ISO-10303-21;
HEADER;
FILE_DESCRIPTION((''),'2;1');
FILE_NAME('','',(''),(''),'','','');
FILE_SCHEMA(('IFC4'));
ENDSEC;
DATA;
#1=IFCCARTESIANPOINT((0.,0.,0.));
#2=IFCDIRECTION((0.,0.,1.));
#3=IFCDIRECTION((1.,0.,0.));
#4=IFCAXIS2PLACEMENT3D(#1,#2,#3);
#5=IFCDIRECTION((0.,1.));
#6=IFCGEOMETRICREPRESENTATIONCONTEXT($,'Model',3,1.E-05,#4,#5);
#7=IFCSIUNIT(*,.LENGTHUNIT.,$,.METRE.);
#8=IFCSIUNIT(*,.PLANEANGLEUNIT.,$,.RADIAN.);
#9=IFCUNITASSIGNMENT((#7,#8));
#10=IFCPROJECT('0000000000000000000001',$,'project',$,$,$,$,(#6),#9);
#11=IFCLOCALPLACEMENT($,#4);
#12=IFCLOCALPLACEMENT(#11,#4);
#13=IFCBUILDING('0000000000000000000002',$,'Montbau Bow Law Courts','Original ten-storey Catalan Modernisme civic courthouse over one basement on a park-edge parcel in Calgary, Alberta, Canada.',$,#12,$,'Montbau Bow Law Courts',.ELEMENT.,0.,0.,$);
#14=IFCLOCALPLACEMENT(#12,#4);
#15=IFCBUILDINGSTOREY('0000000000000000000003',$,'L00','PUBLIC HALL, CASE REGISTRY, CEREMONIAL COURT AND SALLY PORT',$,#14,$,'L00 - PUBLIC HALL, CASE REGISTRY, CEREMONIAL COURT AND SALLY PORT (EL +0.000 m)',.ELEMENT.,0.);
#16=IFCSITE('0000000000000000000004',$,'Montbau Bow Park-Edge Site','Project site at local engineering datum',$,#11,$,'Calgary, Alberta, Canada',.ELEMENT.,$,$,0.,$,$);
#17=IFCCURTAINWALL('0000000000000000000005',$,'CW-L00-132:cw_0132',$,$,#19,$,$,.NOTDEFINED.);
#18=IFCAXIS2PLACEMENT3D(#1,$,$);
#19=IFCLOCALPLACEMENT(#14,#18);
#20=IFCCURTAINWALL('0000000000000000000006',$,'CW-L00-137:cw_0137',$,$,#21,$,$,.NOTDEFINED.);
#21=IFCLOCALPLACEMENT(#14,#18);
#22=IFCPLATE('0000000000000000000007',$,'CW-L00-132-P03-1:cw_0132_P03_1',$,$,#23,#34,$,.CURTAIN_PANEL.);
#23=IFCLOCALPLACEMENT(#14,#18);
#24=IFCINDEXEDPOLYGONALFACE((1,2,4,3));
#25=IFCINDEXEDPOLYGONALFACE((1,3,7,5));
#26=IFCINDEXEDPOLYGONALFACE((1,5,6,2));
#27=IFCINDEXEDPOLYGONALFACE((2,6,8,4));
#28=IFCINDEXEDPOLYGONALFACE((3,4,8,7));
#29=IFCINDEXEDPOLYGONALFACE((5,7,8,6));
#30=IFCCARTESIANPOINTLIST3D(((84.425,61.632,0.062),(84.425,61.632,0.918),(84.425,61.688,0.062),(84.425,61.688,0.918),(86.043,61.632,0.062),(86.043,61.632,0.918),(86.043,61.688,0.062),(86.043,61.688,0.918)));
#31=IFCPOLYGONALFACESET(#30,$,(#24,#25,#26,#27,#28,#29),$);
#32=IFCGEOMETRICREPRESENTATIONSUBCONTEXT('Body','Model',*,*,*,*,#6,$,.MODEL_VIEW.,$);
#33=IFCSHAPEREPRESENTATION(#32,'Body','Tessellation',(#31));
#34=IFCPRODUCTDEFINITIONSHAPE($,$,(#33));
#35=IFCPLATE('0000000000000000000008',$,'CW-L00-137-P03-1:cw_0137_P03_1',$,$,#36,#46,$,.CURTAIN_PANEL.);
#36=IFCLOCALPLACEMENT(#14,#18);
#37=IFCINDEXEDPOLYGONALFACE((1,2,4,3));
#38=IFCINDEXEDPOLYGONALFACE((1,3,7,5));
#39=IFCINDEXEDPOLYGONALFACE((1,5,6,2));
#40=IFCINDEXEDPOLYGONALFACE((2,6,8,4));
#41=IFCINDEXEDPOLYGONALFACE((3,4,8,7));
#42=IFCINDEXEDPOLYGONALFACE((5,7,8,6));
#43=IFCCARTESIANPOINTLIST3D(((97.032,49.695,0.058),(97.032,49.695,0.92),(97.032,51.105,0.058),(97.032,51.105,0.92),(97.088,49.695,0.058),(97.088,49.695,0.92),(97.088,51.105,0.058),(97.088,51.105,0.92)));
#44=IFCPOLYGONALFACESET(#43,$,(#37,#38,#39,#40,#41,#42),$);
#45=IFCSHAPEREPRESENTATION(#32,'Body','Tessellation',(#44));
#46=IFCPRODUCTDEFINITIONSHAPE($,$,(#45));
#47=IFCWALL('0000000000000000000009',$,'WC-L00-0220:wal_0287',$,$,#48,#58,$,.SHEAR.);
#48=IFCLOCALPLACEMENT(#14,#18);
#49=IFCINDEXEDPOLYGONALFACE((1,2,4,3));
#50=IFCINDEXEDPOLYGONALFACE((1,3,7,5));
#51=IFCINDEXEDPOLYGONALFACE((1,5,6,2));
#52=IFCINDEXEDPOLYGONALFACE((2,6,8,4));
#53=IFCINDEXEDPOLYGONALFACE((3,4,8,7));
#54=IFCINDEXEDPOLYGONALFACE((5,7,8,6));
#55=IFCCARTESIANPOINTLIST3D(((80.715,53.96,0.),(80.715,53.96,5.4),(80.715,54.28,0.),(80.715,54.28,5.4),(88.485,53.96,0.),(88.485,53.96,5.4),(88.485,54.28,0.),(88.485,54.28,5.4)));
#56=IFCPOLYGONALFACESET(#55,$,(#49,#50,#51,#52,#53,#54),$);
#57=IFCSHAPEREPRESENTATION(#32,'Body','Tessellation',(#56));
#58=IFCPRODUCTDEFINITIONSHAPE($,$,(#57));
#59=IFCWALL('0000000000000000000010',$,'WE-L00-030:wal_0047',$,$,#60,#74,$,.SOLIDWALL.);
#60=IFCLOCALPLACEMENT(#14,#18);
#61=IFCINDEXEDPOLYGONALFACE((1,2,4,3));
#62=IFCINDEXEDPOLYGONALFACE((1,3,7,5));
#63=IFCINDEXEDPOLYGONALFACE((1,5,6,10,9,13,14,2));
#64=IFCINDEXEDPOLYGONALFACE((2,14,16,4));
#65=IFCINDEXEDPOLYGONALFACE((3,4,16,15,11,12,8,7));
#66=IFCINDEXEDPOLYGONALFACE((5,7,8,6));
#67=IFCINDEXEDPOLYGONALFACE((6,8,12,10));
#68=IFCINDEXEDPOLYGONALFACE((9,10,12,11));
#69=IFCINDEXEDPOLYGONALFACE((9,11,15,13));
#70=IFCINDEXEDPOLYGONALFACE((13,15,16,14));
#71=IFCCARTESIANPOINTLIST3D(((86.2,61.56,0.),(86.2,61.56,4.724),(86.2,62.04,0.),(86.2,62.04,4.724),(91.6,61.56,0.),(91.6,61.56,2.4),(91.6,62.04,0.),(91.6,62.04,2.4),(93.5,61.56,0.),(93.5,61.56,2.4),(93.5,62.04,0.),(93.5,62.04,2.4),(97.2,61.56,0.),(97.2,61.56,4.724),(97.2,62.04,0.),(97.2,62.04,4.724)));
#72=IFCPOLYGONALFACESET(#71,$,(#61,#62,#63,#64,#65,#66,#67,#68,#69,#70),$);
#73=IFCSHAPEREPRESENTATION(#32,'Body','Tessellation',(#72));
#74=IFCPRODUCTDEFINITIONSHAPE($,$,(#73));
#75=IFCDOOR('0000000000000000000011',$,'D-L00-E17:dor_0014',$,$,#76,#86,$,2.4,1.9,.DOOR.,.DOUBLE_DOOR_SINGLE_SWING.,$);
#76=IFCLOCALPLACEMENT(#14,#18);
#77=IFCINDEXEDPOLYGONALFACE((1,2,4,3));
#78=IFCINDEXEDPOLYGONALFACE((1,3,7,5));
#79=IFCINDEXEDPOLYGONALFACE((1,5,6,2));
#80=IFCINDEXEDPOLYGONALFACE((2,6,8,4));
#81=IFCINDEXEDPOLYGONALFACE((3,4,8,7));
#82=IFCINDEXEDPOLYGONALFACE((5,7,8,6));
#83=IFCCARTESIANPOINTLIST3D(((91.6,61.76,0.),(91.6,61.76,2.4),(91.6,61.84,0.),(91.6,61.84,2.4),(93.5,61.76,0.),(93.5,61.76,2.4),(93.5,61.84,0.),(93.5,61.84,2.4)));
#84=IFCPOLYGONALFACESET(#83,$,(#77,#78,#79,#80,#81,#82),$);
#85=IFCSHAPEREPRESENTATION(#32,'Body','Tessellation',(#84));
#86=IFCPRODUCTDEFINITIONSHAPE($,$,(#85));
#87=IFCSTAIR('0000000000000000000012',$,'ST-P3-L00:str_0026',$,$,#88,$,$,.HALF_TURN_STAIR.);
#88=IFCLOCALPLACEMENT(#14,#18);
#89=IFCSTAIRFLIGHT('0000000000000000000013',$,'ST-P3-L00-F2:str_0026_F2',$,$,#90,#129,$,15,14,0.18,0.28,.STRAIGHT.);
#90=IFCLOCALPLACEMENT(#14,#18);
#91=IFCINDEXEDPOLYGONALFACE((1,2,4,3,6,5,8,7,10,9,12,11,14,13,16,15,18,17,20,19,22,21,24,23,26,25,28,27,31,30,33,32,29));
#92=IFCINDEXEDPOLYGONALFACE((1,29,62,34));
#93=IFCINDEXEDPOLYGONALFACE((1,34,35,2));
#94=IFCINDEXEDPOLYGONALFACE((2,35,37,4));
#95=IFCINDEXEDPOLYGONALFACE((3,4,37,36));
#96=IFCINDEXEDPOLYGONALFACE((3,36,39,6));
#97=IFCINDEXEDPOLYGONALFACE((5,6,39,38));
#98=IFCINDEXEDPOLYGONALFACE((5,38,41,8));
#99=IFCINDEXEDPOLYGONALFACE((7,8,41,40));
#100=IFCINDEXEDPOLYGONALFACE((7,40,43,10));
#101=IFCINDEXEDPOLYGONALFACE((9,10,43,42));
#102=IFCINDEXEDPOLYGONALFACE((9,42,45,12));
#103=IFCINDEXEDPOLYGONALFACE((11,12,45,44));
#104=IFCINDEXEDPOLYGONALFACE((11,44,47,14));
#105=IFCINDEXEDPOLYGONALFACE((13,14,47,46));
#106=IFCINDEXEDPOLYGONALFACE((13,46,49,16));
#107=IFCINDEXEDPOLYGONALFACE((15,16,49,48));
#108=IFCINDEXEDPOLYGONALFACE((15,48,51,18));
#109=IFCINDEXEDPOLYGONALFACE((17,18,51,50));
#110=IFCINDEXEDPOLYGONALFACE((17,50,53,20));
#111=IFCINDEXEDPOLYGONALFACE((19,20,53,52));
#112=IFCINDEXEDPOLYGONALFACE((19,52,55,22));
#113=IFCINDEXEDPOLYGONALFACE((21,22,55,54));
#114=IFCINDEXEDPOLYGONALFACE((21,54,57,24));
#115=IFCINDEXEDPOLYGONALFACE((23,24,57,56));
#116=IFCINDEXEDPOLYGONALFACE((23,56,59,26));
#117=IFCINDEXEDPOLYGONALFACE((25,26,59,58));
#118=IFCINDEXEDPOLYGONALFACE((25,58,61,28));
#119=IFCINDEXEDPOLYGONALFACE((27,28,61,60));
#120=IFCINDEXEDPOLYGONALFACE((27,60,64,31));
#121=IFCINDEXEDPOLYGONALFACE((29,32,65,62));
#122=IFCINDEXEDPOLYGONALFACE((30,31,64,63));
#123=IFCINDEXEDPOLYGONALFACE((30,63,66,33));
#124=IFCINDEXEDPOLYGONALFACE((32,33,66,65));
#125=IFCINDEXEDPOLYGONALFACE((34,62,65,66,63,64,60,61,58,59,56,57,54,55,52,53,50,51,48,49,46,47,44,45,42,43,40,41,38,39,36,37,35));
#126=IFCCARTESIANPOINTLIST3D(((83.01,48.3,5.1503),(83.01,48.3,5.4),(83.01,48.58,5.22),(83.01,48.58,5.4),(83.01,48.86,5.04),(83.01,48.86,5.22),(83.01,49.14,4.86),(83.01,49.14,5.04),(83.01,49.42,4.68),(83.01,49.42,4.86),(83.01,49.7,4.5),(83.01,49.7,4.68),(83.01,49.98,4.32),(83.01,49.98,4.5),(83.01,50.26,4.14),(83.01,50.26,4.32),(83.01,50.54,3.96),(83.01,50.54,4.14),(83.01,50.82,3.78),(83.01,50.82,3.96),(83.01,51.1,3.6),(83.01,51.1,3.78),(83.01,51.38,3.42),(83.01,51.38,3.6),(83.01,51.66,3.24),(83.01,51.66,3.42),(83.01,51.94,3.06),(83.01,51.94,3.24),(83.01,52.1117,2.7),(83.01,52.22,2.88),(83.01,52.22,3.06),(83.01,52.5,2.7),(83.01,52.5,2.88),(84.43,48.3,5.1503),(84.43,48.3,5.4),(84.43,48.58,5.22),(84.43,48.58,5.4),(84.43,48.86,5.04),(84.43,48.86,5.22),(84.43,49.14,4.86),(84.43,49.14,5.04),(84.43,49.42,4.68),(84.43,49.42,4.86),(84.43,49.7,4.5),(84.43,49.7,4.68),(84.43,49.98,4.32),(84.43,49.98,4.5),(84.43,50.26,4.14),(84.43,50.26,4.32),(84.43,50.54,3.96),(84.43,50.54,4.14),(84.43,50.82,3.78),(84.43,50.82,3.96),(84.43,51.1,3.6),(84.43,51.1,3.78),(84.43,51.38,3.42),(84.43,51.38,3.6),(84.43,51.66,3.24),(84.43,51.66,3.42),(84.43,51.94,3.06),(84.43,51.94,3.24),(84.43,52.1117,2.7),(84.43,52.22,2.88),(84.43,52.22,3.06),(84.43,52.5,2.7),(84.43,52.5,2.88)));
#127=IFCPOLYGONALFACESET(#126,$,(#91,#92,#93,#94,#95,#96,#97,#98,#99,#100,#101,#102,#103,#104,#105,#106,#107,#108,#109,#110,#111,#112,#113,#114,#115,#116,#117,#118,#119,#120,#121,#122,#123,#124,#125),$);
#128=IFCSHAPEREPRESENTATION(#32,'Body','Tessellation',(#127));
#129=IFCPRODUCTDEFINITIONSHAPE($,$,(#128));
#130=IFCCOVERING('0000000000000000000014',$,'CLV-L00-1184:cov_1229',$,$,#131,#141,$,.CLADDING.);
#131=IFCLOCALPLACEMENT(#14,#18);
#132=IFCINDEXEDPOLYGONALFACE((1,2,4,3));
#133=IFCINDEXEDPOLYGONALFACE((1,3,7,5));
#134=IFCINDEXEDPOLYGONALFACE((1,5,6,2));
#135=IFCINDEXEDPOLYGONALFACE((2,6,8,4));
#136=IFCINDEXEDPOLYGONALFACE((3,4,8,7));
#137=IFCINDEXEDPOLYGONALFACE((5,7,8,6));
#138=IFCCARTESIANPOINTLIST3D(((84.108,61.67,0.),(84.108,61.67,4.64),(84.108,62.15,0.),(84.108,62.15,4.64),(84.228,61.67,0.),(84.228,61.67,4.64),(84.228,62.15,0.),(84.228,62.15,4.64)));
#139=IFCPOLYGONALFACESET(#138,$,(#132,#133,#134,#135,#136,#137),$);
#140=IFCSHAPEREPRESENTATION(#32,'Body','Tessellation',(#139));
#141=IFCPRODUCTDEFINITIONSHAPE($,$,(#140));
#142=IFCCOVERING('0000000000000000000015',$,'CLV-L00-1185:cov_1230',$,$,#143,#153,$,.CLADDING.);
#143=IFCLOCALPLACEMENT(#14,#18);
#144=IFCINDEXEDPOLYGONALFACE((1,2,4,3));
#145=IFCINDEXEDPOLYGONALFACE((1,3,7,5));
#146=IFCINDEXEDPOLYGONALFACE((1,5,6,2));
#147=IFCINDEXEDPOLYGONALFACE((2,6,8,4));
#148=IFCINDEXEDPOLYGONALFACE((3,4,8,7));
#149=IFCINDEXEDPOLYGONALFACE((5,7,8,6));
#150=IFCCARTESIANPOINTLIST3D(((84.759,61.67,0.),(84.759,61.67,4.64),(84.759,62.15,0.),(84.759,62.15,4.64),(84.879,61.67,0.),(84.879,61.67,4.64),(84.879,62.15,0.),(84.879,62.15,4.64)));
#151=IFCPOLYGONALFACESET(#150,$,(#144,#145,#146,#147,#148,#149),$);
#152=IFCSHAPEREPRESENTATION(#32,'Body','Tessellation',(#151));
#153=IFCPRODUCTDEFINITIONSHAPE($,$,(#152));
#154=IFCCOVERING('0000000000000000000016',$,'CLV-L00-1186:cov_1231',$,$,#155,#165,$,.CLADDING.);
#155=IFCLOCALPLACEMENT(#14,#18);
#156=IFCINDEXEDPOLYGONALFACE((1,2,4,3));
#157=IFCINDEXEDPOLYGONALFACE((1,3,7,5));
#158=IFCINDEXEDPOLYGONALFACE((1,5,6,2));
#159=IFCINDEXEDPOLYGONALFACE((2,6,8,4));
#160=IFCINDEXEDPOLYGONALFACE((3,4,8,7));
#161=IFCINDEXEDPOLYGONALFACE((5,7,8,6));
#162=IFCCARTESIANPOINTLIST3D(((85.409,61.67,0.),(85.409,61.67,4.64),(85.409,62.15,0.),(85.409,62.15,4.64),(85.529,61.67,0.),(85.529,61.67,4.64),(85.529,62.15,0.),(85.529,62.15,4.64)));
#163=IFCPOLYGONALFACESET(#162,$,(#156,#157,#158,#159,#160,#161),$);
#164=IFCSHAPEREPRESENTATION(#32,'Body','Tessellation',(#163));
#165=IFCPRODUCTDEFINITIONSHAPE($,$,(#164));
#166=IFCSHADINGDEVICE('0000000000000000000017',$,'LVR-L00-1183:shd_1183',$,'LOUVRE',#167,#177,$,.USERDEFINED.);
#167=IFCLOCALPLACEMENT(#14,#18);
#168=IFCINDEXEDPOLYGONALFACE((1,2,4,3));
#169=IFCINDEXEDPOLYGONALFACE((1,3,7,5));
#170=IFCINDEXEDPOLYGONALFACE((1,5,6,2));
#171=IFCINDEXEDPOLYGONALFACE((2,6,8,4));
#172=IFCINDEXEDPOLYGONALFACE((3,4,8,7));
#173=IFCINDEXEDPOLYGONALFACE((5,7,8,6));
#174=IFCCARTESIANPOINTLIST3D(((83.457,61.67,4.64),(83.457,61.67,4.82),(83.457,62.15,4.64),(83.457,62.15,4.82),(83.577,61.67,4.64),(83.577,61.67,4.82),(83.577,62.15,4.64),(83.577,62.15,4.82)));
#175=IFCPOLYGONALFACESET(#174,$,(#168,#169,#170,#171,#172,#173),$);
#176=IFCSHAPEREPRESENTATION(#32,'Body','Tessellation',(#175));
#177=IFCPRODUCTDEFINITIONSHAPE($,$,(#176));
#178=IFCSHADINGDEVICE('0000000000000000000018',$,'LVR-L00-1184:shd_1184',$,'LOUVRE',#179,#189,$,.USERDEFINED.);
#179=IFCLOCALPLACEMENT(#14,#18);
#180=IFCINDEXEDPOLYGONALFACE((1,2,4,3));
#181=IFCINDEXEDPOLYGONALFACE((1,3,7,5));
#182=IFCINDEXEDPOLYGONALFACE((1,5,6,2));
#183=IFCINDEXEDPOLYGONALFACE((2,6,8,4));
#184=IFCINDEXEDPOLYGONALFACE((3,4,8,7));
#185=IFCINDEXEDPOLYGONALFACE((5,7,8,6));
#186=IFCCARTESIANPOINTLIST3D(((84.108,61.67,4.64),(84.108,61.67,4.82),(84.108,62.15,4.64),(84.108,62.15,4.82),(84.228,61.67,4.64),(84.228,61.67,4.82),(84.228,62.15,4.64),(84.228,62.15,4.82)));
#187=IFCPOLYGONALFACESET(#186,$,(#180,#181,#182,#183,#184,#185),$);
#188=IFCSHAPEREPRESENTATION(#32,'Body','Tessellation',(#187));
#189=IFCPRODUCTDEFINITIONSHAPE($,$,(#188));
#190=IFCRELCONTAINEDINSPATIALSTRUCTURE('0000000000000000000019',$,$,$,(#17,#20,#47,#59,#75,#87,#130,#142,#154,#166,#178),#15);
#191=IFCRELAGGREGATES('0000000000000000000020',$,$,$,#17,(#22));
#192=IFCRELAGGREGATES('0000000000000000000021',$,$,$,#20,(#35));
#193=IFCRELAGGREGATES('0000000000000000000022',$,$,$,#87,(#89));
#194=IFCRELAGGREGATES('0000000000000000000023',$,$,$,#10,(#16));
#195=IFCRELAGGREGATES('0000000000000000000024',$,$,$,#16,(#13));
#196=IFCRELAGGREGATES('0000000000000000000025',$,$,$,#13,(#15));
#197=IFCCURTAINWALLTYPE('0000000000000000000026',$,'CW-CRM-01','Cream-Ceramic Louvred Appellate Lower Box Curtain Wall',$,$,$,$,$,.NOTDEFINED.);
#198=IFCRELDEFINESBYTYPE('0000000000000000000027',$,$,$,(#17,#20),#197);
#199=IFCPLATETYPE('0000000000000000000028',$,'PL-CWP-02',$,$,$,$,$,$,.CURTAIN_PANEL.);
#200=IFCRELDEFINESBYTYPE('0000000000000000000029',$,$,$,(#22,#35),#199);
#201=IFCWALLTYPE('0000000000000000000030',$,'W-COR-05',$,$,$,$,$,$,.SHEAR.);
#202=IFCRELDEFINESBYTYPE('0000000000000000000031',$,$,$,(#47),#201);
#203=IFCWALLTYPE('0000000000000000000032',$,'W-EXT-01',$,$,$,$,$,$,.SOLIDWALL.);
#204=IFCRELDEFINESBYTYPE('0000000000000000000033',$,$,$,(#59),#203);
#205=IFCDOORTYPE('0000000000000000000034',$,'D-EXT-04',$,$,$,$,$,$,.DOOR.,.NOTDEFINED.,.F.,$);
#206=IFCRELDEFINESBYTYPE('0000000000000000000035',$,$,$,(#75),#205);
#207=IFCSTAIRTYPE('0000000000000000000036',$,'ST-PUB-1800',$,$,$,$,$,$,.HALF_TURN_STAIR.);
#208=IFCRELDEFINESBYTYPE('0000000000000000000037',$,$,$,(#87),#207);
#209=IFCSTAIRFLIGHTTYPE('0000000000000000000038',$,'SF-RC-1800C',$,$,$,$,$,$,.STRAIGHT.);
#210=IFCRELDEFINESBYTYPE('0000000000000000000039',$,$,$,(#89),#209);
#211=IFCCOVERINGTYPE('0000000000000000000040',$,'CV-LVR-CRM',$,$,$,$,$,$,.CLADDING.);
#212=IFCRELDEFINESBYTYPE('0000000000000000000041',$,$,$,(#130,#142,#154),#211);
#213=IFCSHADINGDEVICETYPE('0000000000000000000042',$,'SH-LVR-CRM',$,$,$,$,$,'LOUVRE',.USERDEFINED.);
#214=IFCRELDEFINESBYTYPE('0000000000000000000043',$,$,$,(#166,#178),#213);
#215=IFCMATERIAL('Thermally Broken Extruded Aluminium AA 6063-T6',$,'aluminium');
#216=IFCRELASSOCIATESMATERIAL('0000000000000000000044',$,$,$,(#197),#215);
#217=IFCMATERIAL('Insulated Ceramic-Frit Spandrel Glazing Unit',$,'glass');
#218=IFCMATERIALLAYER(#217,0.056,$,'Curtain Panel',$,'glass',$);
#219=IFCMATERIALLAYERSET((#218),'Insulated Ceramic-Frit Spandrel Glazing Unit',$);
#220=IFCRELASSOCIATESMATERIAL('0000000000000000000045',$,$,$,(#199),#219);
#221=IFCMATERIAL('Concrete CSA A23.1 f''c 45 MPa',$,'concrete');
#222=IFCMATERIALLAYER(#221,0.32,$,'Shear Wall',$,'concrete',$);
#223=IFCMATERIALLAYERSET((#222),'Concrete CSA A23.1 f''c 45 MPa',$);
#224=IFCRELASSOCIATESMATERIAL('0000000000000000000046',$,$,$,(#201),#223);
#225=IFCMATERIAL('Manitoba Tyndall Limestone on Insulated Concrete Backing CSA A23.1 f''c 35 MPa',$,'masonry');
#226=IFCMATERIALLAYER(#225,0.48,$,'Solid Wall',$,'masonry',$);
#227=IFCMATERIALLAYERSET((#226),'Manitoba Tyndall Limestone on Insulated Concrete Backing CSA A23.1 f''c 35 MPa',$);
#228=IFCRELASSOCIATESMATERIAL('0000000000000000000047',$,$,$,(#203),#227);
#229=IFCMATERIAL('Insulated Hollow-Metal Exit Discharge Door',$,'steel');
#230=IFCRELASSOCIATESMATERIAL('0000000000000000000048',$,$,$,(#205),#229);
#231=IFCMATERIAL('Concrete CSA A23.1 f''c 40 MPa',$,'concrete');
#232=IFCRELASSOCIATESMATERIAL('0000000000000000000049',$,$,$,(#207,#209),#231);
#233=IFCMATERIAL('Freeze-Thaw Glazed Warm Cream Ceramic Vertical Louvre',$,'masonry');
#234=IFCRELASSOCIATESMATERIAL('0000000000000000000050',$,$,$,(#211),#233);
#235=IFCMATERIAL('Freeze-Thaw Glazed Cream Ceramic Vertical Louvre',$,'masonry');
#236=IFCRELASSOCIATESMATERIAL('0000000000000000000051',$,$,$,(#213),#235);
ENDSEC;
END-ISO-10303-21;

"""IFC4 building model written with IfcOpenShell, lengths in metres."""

from ifc_helpers import new_model, si_unit, direction, frame, frame_2d, origin_with_axes, origin_2d_with_axis, place, context, subcontext, project, spatial, polyline, rectangle, outline, extrude, material, layer, layer_set, type_object, element, fill, aggregate, save


model = new_model("IFC4")

# Units and contexts
model_context = context("Model", 3, precision=1e-05, world=origin_with_axes(), true_north=direction((0.0, 1.0)))
body_context = subcontext(model_context, "Body", "Model", "MODEL_VIEW")
ifc_project = project(units=[si_unit("LENGTHUNIT", "METRE"), si_unit("PLANEANGLEUNIT", "RADIAN")], contexts=[model_context])

# Site, building, storey
site_placement = place(None, origin_with_axes())
site = spatial("IfcSite", under=ifc_project, at=site_placement, Name="Montbau Bow Park-Edge Site", Description="Project site at local engineering datum", LongName="Calgary, Alberta, Canada", CompositionType="ELEMENT", RefElevation=0.0)
building_placement = place(site_placement, origin_with_axes())
building = spatial("IfcBuilding", under=site, at=building_placement, Name="Montbau Bow Law Courts", Description="Original ten-storey Catalan Modernisme civic courthouse over one basement on a park-edge parcel in Calgary, Alberta, Canada.", LongName="Montbau Bow Law Courts", CompositionType="ELEMENT", ElevationOfRefHeight=0.0, ElevationOfTerrain=0.0)
storey_placement = place(building_placement, origin_with_axes())
storey = spatial("IfcBuildingStorey", under=building, at=storey_placement, Name="L00", Description="PUBLIC HALL, CASE REGISTRY, CEREMONIAL COURT AND SALLY PORT", LongName="L00 - PUBLIC HALL, CASE REGISTRY, CEREMONIAL COURT AND SALLY PORT (EL +0.000 m)", CompositionType="ELEMENT", Elevation=0.0)

# Shared definitions
ifc_material_1 = material(Name="Concrete CSA A23.1 f'c 40 MPa", Category="concrete")

# Curtain walls
ifc_material_2 = material(Name="Thermally Broken Extruded Aluminium AA 6063-T6", Category="aluminium")
curtain_wall_type = type_object("IfcCurtainWallType", Name="CW-CRM-01", Description="Cream-Ceramic Louvred Appellate Lower Box Curtain Wall", PredefinedType="NOTDEFINED", material=ifc_material_2)
curtain_wall_1_placement = place(None, frame((80.915, 61.66, 0.0), z_axis=(0.0, 0.0, 1.0), x_axis=(1.0, 0.0, 0.0)))
curtain_wall_1 = element("IfcCurtainWall", 1, at=curtain_wall_1_placement, inside=storey, type_object=curtain_wall_type, Name="CW-L00-132:cw_0132", PredefinedType="NOTDEFINED")
curtain_wall_2_placement = place(None, frame((97.06, 46.715, 0.0), z_axis=(0.0, 0.0, 1.0), x_axis=(1.0, 0.0, 0.0)))
curtain_wall_2 = element("IfcCurtainWall", 2, at=curtain_wall_2_placement, inside=storey, type_object=curtain_wall_type, Name="CW-L00-137:cw_0137", PredefinedType="NOTDEFINED")

# Plates
ifc_material_3 = material(Name="Insulated Ceramic-Frit Spandrel Glazing Unit", Category="glass")
ifc_layer_1 = layer(ifc_material_3, 0.056, Name="Curtain Panel", Category="glass")
ifc_layer_set_1 = layer_set([ifc_layer_1], Name="Insulated Ceramic-Frit Spandrel Glazing Unit")
plate_type_1 = type_object("IfcPlateType", Name="PL-CWP-02", PredefinedType="CURTAIN_PANEL", material=ifc_layer_set_1)
plate_1_placement = place(None, frame((84.425, 61.66, 0.062), z_axis=(0.0, -1.0, 0.0), x_axis=(1.0, 0.0, 0.0)))
plate_1 = element("IfcPlate", 3, at=plate_1_placement, type_object=plate_type_1, Name="CW-L00-132-P03-1:cw_0132_P03_1", PredefinedType="CURTAIN_PANEL", context=body_context, shape_type="SweptSolid", body=[
    extrude(rectangle(XDim=1.618, YDim=0.856, at=frame_2d((0.809, 0.428), x_axis=(1.0, 0.0))), frame((0.0, 0.0, -0.028), z_axis=(0.0, 0.0, 1.0), x_axis=(1.0, 0.0, 0.0)), (0.0, 0.0, 1.0), 0.056),
])
aggregate(curtain_wall_1, [plate_1])
plate_2_placement = place(None, frame((97.06, 49.695, 0.058), z_axis=(1.0, 0.0, 0.0), x_axis=(0.0, 1.0, 0.0)))
plate_2 = element("IfcPlate", 4, at=plate_2_placement, type_object=plate_type_1, Name="CW-L00-137-P03-1:cw_0137_P03_1", PredefinedType="CURTAIN_PANEL", context=body_context, shape_type="SweptSolid", body=[
    extrude(rectangle(XDim=1.41, YDim=0.862, at=frame_2d((0.705, 0.431), x_axis=(1.0, 0.0))), frame((0.0, 0.0, -0.028), z_axis=(0.0, 0.0, 1.0), x_axis=(1.0, 0.0, 0.0)), (0.0, 0.0, 1.0), 0.056),
])
aggregate(curtain_wall_2, [plate_2])

# Wall
ifc_material_4 = material(Name="Concrete CSA A23.1 f'c 45 MPa", Category="concrete")
ifc_layer_2 = layer(ifc_material_4, 0.32, Name="Shear Wall", Category="concrete")
ifc_layer_set_2 = layer_set([ifc_layer_2], Name="Concrete CSA A23.1 f'c 45 MPa")
wall_type_1 = type_object("IfcWallType", Name="W-COR-05", PredefinedType="SHEAR", material=ifc_layer_set_2)
wall_1_placement = place(None, frame((88.485, 54.12, 0.0), z_axis=(0.0, 0.0, 1.0), x_axis=(-1.0, 0.0, 0.0)))
element("IfcWall", 5, at=wall_1_placement, inside=storey, type_object=wall_type_1, Name="WC-L00-0220:wal_0287", PredefinedType="SHEAR", context=body_context, shape_type="SweptSolid", body=[
    extrude(rectangle(XDim=7.77, YDim=0.32, at=frame_2d((3.885, 0.0), x_axis=(1.0, 0.0))), origin_with_axes(), (0.0, 0.0, 1.0), 5.4),
])

# Wall, opening, door
ifc_material_5 = material(Name="Manitoba Tyndall Limestone on Insulated Concrete Backing CSA A23.1 f'c 35 MPa", Category="masonry")
ifc_layer_3 = layer(ifc_material_5, 0.48, Name="Solid Wall", Category="masonry")
ifc_layer_set_3 = layer_set([ifc_layer_3], Name="Manitoba Tyndall Limestone on Insulated Concrete Backing CSA A23.1 f'c 35 MPa")
wall_type_2 = type_object("IfcWallType", Name="W-EXT-01", PredefinedType="SOLIDWALL", material=ifc_layer_set_3)
wall_2_placement = place(None, frame((86.2, 61.8, 0.0), z_axis=(0.0, 0.0, 1.0), x_axis=(1.0, 0.0, 0.0)))
wall_2 = element("IfcWall", 6, at=wall_2_placement, inside=storey, type_object=wall_type_2, Name="WE-L00-030:wal_0047", PredefinedType="SOLIDWALL", context=body_context, shape_type="SweptSolid", body=[
    extrude(rectangle(XDim=11.0, YDim=0.48, at=frame_2d((5.5, 0.0), x_axis=(1.0, 0.0))), origin_with_axes(), (0.0, 0.0, 1.0), 4.724),
])
opening_placement = place(None, frame((92.55, 61.8, 0.0), z_axis=(0.0, 0.0, 1.0), x_axis=(1.0, 0.0, 0.0)))
opening = element("IfcOpeningElement", 7, at=opening_placement, cuts=wall_2, PredefinedType="OPENING", context=body_context, shape_type="SweptSolid", body=[
    extrude(rectangle(XDim=1.9, YDim=2.4, at=frame_2d((0.0, 1.2), x_axis=(1.0, 0.0))), frame((0.0, 0.25, 0.0), z_axis=(0.0, -1.0, 0.0), x_axis=(1.0, 0.0, 0.0)), (0.0, 0.0, 1.0), 0.5),
])
ifc_material_6 = material(Name="Insulated Hollow-Metal Exit Discharge Door", Category="steel")
door_type = type_object("IfcDoorType", Name="D-EXT-04", OperationType="NOTDEFINED", ParameterTakesPrecedence=False, PredefinedType="DOOR", material=ifc_material_6)
door_placement = place(None, frame((92.55, 61.8, 0.0), z_axis=(0.0, 0.0, 1.0), x_axis=(1.0, 0.0, 0.0)))
door = element("IfcDoor", 8, at=door_placement, inside=storey, type_object=door_type, Name="D-L00-E17:dor_0014", OperationType="DOUBLE_DOOR_SINGLE_SWING", OverallHeight=2.4, OverallWidth=1.9, PredefinedType="DOOR", context=body_context, shape_type="SweptSolid", body=[
    extrude(rectangle(XDim=1.9, YDim=2.4, at=frame_2d((0.0, 1.2), x_axis=(1.0, 0.0))), frame((0.0, 0.04, 0.0), z_axis=(0.0, -1.0, 0.0), x_axis=(1.0, 0.0, 0.0)), (0.0, 0.0, 1.0), 0.08),
])
fill(opening, door)

# Stair, stair flight
stair_type = type_object("IfcStairType", Name="ST-PUB-1800", PredefinedType="HALF_TURN_STAIR", material=ifc_material_1)
stair_placement = place(None, frame((81.905, 48.3, 0.0), z_axis=(0.0, 0.0, 1.0), x_axis=(1.0, 0.0, 0.0)))
stair = element("IfcStair", 9, at=stair_placement, inside=storey, type_object=stair_type, Name="ST-P3-L00:str_0026", PredefinedType="HALF_TURN_STAIR")
stair_flight_type = type_object("IfcStairFlightType", Name="SF-RC-1800C", PredefinedType="STRAIGHT", material=ifc_material_1)
stair_flight_placement = place(None, frame((83.72, 52.5, 2.7), z_axis=(0.0, 0.0, 1.0), x_axis=(0.0, -1.0, 0.0)))
stair_flight = element("IfcStairFlight", 10, at=stair_flight_placement, type_object=stair_flight_type, Name="ST-P3-L00-F2:str_0026_F2", NumberOfRisers=15, NumberOfTreads=14, PredefinedType="STRAIGHT", RiserHeight=0.18, TreadLength=0.28, context=body_context, shape_type="SweptSolid", body=[
    extrude(outline(polyline([(0.0, 0.0), (0.0, 0.18), (0.28, 0.18), (0.28, 0.36), (0.56, 0.36), (0.56, 0.54), (0.84, 0.54), (0.84, 0.72), (1.12, 0.72), (1.12, 0.9), (1.4, 0.9), (1.4, 1.08), (1.68, 1.08), (1.68, 1.26), (1.96, 1.26), (1.96, 1.44), (2.24, 1.44), (2.24, 1.62), (2.52, 1.62), (2.52, 1.8), (2.8, 1.8), (2.8, 1.98), (3.08, 1.98), (3.08, 2.16), (3.36, 2.16), (3.36, 2.34), (3.64, 2.34), (3.64, 2.52), (3.92, 2.52), (3.92, 2.7), (4.2, 2.7), (4.2, 2.4503), (0.3883, 0.0), (0.0, 0.0)])), frame((0.0, 0.71, 0.0), z_axis=(0.0, -1.0, 0.0), x_axis=(1.0, 0.0, 0.0)), (0.0, 0.0, 1.0), 1.42),
])
aggregate(stair, [stair_flight])

# Coverings
ifc_material_7 = material(Name="Freeze-Thaw Glazed Warm Cream Ceramic Vertical Louvre", Category="masonry")
covering_type = type_object("IfcCoveringType", Name="CV-LVR-CRM", PredefinedType="CLADDING", material=ifc_material_7)
for number, where, z_axis, x_axis, name in (
    (11, (84.168, 61.67, 0.0), (1.0, 0.0, 0.0), (0.0, 1.0, 0.0), "CLV-L00-1184:cov_1229"),
    (12, (84.819, 61.67, 0.0), (1.0, 0.0, 0.0), (0.0, 1.0, 0.0), "CLV-L00-1185:cov_1230"),
    (13, (85.469, 61.67, 0.0), (1.0, 0.0, 0.0), (0.0, 1.0, 0.0), "CLV-L00-1186:cov_1231"),
):
    element("IfcCovering", number, at=place(None, frame(where, z_axis=z_axis, x_axis=x_axis)), inside=storey, type_object=covering_type, Name=name, PredefinedType="CLADDING", context=body_context, shape_type="SweptSolid", body=[
        extrude(rectangle(XDim=0.48, YDim=4.64, at=frame_2d((0.24, 2.32), x_axis=(1.0, 0.0))), frame((0.0, 0.0, -0.06), z_axis=(0.0, 0.0, 1.0), x_axis=(1.0, 0.0, 0.0)), (0.0, 0.0, 1.0), 0.12),
    ])

# Shading devices
ifc_material_8 = material(Name="Freeze-Thaw Glazed Cream Ceramic Vertical Louvre", Category="masonry")
shading_device_type = type_object("IfcShadingDeviceType", Name="SH-LVR-CRM", ElementType="LOUVRE", PredefinedType="USERDEFINED", material=ifc_material_8)
for number, where, z_axis, x_axis, name in (
    (14, (83.517, 61.91, 4.64), (0.0, 0.0, 1.0), (0.0, 1.0, 0.0), "LVR-L00-1183:shd_1183"),
    (15, (84.168, 61.91, 4.64), (0.0, 0.0, 1.0), (0.0, 1.0, 0.0), "LVR-L00-1184:shd_1184"),
):
    element("IfcShadingDevice", number, at=place(None, frame(where, z_axis=z_axis, x_axis=x_axis)), inside=storey, type_object=shading_device_type, Name=name, ObjectType="LOUVRE", PredefinedType="USERDEFINED", context=body_context, shape_type="SweptSolid", body=[
        extrude(rectangle(XDim=0.48, YDim=0.12, at=origin_2d_with_axis()), origin_with_axes(), (0.0, 0.0, 1.0), 0.18),
    ])

save(model, "model.ifc")
